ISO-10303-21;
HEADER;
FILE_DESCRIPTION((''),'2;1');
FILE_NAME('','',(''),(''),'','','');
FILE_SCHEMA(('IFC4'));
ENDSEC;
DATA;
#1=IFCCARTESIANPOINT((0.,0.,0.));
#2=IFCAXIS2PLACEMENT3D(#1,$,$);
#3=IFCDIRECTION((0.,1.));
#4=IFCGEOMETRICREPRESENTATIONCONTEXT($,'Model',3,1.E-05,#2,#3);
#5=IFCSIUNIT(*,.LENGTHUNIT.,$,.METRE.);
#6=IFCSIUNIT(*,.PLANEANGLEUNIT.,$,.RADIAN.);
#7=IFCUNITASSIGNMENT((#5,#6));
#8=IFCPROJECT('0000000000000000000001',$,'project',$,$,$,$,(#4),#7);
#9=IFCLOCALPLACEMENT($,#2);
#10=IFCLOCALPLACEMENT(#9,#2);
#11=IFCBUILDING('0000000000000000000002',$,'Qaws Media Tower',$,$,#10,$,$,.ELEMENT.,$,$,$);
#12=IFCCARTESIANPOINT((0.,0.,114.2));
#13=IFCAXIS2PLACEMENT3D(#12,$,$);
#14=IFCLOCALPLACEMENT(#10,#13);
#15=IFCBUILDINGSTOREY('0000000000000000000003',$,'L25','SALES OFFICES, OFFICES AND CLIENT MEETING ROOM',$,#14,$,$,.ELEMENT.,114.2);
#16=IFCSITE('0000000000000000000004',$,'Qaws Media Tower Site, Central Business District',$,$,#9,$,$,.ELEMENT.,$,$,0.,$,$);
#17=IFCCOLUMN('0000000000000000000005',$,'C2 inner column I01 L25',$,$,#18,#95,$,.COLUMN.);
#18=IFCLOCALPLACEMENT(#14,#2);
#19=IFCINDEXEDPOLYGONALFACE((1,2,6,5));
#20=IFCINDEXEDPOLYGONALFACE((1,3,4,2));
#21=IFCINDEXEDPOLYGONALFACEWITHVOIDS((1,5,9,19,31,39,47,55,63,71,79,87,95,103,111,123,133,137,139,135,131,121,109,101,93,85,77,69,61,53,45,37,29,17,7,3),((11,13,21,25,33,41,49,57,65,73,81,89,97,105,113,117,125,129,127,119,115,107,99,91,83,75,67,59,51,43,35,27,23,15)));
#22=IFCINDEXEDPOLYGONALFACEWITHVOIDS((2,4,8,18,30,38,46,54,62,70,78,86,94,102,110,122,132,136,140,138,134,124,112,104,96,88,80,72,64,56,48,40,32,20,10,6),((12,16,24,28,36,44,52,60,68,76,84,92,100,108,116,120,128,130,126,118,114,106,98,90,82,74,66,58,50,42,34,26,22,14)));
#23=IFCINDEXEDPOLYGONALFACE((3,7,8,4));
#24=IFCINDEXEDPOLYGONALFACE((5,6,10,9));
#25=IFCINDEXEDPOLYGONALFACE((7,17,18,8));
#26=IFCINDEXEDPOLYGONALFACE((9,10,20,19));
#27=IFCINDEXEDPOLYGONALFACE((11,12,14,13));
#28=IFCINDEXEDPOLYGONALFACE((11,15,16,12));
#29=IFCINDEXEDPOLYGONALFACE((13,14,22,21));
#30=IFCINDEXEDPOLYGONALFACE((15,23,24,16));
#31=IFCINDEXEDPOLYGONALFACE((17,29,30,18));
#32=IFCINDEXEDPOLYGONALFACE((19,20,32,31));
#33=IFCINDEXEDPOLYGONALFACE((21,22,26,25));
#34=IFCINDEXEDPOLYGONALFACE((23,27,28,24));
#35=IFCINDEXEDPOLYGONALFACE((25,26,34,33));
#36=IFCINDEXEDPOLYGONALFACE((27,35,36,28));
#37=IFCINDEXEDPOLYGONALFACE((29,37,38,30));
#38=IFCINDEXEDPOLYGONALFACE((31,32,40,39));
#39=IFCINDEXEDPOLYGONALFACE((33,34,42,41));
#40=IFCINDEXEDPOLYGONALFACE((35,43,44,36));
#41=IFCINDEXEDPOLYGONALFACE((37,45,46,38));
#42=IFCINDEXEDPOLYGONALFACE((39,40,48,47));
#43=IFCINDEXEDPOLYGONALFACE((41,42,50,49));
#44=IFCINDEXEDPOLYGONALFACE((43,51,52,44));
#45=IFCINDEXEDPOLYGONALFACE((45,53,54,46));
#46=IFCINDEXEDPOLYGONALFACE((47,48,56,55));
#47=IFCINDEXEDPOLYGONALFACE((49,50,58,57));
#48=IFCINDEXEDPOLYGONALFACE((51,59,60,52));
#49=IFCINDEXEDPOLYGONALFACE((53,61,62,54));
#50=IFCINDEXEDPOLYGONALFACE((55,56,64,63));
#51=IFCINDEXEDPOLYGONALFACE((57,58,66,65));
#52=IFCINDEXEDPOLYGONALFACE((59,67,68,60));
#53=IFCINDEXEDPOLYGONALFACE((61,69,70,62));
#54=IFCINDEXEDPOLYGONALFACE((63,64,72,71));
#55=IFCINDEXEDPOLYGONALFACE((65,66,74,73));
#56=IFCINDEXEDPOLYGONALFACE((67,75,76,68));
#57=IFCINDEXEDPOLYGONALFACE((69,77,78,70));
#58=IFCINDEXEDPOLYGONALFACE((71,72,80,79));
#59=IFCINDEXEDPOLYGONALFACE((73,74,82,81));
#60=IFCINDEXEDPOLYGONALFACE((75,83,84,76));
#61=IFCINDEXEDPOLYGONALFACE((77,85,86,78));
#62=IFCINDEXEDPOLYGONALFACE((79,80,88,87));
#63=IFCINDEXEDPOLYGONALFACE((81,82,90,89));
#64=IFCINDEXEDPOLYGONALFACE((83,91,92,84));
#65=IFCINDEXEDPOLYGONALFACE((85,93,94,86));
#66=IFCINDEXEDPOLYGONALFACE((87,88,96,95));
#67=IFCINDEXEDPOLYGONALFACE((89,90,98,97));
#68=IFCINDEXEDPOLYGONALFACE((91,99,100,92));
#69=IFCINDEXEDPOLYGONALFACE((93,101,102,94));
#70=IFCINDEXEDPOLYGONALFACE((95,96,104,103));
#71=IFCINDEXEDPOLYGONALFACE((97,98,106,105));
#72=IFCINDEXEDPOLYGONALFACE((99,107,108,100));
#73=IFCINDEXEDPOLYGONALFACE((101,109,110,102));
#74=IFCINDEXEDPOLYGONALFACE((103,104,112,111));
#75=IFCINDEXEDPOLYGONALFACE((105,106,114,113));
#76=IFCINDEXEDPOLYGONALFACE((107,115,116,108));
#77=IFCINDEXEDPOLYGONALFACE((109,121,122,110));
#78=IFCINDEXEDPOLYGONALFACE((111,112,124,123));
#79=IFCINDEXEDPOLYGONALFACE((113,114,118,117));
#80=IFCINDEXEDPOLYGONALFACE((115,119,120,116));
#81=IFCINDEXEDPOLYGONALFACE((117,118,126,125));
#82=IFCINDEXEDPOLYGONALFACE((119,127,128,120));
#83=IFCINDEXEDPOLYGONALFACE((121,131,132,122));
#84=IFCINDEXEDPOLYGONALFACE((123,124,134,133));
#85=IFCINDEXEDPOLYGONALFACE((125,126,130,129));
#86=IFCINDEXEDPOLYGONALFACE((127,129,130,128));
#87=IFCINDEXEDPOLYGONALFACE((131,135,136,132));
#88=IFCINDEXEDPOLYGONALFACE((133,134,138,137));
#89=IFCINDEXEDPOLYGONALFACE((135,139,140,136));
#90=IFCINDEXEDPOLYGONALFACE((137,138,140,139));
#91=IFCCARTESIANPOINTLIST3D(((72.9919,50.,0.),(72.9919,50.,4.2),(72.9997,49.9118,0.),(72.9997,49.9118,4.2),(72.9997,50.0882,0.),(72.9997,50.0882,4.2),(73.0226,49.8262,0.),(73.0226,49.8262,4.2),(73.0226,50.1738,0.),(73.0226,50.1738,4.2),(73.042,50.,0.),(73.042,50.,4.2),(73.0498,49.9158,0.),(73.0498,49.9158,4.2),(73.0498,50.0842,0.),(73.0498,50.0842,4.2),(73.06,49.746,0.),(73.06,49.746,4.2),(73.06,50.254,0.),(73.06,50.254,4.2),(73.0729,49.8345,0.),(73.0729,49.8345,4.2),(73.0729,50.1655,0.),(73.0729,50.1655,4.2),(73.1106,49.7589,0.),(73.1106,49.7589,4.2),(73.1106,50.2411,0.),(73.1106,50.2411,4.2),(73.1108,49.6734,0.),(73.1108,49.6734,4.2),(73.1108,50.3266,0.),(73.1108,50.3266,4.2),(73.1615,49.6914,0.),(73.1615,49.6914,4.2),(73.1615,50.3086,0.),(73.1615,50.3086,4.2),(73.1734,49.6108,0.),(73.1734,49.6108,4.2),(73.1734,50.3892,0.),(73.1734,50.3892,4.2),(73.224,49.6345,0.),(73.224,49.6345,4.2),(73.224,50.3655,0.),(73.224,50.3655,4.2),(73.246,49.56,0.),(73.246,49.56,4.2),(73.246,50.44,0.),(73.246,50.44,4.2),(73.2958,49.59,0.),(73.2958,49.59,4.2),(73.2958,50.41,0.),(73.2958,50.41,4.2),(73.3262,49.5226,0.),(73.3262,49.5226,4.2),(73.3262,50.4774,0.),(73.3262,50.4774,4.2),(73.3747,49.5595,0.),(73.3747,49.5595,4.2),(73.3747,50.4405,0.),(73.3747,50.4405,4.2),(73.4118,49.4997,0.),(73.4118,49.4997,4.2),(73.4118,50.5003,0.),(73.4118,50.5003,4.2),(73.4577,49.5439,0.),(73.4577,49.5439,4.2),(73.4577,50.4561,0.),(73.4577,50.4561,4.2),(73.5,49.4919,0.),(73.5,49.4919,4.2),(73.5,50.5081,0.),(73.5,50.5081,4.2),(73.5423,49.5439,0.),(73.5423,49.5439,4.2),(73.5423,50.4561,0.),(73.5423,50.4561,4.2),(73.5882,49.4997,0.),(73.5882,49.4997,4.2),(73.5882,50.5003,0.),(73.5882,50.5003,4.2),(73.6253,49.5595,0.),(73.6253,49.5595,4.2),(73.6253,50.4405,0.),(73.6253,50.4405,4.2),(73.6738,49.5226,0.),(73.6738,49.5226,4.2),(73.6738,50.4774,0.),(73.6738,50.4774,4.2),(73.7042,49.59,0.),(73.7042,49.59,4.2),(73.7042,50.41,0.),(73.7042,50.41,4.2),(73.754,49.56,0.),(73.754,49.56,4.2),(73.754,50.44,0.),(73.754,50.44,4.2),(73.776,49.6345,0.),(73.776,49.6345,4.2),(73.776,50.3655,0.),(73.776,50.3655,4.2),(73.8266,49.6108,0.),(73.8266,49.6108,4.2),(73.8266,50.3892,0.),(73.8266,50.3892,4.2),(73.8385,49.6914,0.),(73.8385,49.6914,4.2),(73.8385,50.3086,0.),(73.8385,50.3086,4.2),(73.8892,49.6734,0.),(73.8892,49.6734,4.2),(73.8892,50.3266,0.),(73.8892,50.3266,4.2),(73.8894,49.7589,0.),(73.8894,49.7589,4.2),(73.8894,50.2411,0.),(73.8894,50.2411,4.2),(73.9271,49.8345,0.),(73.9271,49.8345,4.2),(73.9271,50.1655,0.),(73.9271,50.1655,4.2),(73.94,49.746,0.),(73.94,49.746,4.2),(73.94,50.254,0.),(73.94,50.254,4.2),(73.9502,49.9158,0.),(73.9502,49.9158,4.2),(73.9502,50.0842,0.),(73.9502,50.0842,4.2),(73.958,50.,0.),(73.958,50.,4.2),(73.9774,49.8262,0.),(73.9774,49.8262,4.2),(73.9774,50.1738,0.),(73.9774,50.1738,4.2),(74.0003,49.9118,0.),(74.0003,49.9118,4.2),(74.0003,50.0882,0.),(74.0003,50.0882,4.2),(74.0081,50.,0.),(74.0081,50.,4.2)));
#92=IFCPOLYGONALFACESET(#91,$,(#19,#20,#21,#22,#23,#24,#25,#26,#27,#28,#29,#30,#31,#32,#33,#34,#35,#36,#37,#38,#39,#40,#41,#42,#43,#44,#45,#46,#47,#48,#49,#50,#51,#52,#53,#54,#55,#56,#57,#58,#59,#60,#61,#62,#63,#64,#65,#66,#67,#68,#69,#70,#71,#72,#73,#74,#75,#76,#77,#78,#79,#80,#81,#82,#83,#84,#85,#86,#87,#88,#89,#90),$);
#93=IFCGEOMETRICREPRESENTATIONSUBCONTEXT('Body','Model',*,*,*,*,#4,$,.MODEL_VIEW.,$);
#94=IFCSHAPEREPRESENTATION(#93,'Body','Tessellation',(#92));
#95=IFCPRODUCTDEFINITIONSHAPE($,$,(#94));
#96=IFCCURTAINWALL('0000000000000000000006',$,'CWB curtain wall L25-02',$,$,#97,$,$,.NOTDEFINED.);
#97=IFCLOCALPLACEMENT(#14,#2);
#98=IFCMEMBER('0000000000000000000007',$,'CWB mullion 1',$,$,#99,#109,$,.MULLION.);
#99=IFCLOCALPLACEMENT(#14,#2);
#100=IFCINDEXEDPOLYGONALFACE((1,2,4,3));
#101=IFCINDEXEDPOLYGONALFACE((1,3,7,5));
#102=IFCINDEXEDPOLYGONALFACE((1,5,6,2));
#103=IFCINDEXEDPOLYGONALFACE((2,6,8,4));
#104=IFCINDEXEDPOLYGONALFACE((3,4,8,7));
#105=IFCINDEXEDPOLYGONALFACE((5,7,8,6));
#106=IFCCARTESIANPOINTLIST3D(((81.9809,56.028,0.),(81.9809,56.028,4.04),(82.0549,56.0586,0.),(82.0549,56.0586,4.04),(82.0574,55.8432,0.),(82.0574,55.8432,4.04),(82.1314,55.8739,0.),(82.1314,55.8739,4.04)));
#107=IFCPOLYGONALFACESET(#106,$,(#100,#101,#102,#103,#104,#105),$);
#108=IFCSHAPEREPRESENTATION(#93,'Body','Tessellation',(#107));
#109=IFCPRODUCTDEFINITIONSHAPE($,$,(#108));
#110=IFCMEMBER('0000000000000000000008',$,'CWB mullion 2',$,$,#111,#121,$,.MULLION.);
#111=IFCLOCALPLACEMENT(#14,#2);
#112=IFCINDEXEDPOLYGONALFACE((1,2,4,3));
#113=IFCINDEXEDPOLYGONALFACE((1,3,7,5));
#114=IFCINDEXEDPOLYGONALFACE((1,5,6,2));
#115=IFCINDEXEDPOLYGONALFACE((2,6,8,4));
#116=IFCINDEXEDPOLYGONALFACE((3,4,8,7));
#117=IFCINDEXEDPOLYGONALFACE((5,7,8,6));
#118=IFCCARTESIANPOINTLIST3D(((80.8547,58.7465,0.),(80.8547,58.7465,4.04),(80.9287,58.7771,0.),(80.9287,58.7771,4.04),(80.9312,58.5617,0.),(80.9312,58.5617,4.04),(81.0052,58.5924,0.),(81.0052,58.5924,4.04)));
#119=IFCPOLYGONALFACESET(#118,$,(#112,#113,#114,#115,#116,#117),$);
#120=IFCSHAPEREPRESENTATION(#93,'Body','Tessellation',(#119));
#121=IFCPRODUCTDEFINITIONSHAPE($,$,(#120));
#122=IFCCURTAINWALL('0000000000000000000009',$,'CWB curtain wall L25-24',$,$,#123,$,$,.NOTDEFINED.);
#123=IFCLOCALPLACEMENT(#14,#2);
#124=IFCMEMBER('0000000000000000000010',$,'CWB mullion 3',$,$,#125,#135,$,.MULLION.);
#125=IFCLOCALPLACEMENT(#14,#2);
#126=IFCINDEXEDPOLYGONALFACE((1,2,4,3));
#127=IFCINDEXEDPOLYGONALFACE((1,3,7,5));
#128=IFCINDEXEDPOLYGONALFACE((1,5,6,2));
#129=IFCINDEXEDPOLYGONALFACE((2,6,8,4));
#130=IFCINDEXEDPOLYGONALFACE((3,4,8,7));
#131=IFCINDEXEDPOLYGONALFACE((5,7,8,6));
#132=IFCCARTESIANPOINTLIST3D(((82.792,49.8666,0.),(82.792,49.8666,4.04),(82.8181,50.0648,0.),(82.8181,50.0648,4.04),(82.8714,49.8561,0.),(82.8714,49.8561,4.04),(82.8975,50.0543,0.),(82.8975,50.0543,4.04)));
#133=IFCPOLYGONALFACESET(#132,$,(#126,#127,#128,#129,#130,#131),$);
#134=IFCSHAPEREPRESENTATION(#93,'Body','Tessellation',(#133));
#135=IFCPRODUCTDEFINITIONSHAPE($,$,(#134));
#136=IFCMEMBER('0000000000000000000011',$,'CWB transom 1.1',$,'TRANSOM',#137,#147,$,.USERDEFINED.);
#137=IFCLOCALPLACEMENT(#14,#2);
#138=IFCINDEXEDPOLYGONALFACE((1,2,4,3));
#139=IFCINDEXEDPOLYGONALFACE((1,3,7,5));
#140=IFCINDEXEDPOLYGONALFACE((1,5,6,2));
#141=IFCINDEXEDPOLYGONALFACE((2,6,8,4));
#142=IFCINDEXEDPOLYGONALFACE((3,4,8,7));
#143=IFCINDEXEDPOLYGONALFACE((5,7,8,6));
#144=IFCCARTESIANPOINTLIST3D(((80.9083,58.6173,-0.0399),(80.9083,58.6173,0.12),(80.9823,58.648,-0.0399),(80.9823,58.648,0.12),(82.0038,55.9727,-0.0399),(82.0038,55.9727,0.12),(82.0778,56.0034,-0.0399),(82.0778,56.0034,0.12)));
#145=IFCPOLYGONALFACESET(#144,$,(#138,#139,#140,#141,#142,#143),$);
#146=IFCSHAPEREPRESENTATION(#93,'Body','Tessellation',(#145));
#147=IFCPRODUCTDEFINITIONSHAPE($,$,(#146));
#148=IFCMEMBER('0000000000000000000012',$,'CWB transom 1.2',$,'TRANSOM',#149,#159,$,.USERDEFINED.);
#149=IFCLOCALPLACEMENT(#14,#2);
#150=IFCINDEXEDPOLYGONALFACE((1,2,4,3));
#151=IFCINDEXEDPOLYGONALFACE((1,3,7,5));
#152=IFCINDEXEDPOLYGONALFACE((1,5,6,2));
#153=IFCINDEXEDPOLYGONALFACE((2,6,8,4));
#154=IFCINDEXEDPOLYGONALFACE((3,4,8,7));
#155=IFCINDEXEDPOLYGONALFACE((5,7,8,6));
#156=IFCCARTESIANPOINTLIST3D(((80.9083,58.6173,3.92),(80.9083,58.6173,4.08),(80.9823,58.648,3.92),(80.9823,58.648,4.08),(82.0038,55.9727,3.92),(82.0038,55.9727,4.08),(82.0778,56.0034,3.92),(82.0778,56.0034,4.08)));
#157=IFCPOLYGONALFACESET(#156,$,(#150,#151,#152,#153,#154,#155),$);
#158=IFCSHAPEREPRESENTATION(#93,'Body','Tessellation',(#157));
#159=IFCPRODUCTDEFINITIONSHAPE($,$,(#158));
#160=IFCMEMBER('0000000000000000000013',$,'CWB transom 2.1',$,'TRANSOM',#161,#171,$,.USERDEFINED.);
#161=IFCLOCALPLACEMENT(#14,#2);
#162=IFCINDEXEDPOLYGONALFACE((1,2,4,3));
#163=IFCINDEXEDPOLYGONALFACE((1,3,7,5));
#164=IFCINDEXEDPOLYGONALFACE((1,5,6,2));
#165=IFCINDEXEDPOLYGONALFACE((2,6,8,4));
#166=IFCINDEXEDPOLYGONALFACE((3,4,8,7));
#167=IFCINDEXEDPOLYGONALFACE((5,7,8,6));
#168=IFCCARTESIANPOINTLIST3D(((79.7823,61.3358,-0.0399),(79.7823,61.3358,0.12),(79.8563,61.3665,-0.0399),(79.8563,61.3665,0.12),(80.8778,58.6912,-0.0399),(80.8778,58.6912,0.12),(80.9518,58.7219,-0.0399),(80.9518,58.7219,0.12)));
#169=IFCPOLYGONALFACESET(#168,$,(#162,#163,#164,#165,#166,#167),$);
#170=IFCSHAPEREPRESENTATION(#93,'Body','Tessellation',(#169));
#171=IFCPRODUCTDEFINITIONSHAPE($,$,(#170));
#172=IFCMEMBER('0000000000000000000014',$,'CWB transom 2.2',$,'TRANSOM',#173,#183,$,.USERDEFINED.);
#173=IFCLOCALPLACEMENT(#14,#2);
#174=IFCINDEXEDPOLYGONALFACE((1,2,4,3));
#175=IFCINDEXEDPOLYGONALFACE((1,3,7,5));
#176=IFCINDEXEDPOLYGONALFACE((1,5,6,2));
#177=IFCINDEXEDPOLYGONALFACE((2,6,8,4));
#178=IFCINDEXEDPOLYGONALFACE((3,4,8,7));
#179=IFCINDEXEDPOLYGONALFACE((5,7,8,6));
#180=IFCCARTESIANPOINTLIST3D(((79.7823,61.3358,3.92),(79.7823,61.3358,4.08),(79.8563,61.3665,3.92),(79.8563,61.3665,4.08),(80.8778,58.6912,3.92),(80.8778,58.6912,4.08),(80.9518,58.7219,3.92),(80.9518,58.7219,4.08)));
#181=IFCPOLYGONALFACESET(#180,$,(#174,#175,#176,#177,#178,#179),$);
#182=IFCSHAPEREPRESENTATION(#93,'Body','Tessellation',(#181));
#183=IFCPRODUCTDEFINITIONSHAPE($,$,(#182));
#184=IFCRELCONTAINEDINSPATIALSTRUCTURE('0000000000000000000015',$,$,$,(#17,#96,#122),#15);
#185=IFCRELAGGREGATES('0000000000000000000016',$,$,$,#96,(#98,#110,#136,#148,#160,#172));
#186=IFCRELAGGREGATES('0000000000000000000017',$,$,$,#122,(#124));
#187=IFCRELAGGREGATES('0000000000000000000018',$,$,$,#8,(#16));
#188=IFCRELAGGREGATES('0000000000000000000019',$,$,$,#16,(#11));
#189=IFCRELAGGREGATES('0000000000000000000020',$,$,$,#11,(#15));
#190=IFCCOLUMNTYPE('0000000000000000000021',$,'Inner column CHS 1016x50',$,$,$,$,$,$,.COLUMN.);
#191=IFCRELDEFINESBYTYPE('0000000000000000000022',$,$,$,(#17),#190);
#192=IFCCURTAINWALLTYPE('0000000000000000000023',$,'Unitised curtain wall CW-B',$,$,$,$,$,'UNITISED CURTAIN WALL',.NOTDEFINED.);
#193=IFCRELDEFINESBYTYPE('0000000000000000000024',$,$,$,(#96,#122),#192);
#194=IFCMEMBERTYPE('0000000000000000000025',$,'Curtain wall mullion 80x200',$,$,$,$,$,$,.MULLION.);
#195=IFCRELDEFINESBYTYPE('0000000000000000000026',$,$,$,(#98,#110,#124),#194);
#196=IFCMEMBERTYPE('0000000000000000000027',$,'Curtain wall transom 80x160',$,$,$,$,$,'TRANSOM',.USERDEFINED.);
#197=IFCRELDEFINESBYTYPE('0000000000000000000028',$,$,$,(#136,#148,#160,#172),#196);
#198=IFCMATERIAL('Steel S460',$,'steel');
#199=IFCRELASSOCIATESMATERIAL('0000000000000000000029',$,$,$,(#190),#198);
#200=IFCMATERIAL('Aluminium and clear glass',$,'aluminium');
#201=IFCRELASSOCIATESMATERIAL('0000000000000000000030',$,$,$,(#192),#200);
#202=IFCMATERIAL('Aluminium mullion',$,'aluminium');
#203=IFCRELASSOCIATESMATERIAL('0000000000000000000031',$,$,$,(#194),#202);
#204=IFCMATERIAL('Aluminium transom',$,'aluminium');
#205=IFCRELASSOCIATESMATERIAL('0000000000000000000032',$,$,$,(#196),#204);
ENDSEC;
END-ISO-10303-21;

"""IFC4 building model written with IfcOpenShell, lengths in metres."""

from ifc_helpers import new_model, si_unit, direction, frame, origin, origin_2d, place, context, subcontext, project, spatial, rectangle, hollow_circle, extrude, material, material_profile, profile_set, type_object, element, aggregate, save


model = new_model("IFC4")

# Units and contexts
model_context = context("Model", 3, precision=1e-05, world=origin(), true_north=direction((0.0, 1.0)))
body_context = subcontext(model_context, "Body", "Model", "MODEL_VIEW")
ifc_project = project(units=[si_unit("LENGTHUNIT", "METRE"), si_unit("PLANEANGLEUNIT", "RADIAN")], contexts=[model_context])

# Site, building, storey
site_placement = place(None, origin())
site = spatial("IfcSite", under=ifc_project, at=site_placement, Name="Qaws Media Tower Site, Central Business District", CompositionType="ELEMENT", RefElevation=0.0)
building_placement = place(site_placement, origin())
building = spatial("IfcBuilding", under=site, at=building_placement, Name="Qaws Media Tower", CompositionType="ELEMENT")
storey_placement = place(building_placement, frame((0.0, 0.0, 114.2)))
storey = spatial("IfcBuildingStorey", under=building, at=storey_placement, Name="L25", Description="SALES OFFICES, OFFICES AND CLIENT MEETING ROOM", CompositionType="ELEMENT", Elevation=114.2)

# Column
ifc_material_1 = material(Name="Steel S460", Category="steel")
ifc_material_profile_1 = material_profile(ifc_material_1, hollow_circle(Radius=0.5081, WallThickness=0.05, at=origin_2d()), Name="CHS 1016x50")
ifc_profile_set_1 = profile_set([ifc_material_profile_1], Name="Steel S460")
column_type = type_object("IfcColumnType", Name="Inner column CHS 1016x50", PredefinedType="COLUMN", material=ifc_profile_set_1)
column_placement = place(storey_placement, frame((73.5, 50.0, 0.0), z_axis=(0.0, 0.0, 1.0), x_axis=(1.0, 0.0, 0.0)))
element("IfcColumn", 1, at=column_placement, inside=storey, type_object=column_type, Name="C2 inner column I01 L25", PredefinedType="COLUMN", context=body_context, shape_type="SweptSolid", body=[
    extrude(hollow_circle(Radius=0.5081, WallThickness=0.05, at=origin_2d()), origin(), (0.0, 0.0, 1.0), 4.2),
])

# Curtain wall, members
ifc_material_2 = material(Name="Aluminium and clear glass", Category="aluminium")
curtain_wall_type = type_object("IfcCurtainWallType", Name="Unitised curtain wall CW-B", ElementType="UNITISED CURTAIN WALL", PredefinedType="NOTDEFINED", material=ifc_material_2)
curtain_wall_1_placement = place(storey_placement, origin())
curtain_wall_1 = element("IfcCurtainWall", 2, at=curtain_wall_1_placement, inside=storey, type_object=curtain_wall_type, Name="CWB curtain wall L25-02", PredefinedType="NOTDEFINED")
ifc_material_3 = material(Name="Aluminium mullion", Category="aluminium")
ifc_material_profile_2 = material_profile(ifc_material_3, rectangle(XDim=0.0801, YDim=0.2, at=origin_2d()), Name="80x200")
ifc_profile_set_2 = profile_set([ifc_material_profile_2], Name="Aluminium mullion")
member_type_1 = type_object("IfcMemberType", Name="Curtain wall mullion 80x200", PredefinedType="MULLION", material=ifc_profile_set_2)
member_1_placement = place(storey_placement, frame((82.0562, 55.9509, 0.0), z_axis=(0.0, 0.0, 1.0), x_axis=(-0.92388, -0.382683, 0.0)))
member_1 = element("IfcMember", 3, at=member_1_placement, type_object=member_type_1, Name="CWB mullion 1", PredefinedType="MULLION", context=body_context, shape_type="SweptSolid", body=[
    extrude(rectangle(XDim=0.0801, YDim=0.2, at=origin_2d()), origin(), (0.0, 0.0, 1.0), 4.04),
])
member_2_placement = place(storey_placement, frame((80.9299, 58.6694, 0.0), z_axis=(0.0, 0.0, 1.0), x_axis=(-0.92388, -0.382683, 0.0)))
member_2 = element("IfcMember", 4, at=member_2_placement, type_object=member_type_1, Name="CWB mullion 2", PredefinedType="MULLION", context=body_context, shape_type="SweptSolid", body=[
    extrude(rectangle(XDim=0.0801, YDim=0.2, at=origin_2d()), origin(), (0.0, 0.0, 1.0), 4.04),
])

# Curtain wall, member
curtain_wall_2_placement = place(storey_placement, origin())
curtain_wall_2 = element("IfcCurtainWall", 5, at=curtain_wall_2_placement, inside=storey, type_object=curtain_wall_type, Name="CWB curtain wall L25-24", PredefinedType="NOTDEFINED")
member_3_placement = place(storey_placement, frame((82.8447, 49.9604, 0.0), z_axis=(0.0, 0.0, 1.0), x_axis=(-0.991445, 0.130526, 0.0)))
member_3 = element("IfcMember", 6, at=member_3_placement, type_object=member_type_1, Name="CWB mullion 3", PredefinedType="MULLION", context=body_context, shape_type="SweptSolid", body=[
    extrude(rectangle(XDim=0.0801, YDim=0.2, at=origin_2d()), origin(), (0.0, 0.0, 1.0), 4.04),
])

# Members
ifc_material_4 = material(Name="Aluminium transom", Category="aluminium")
ifc_material_profile_3 = material_profile(ifc_material_4, rectangle(XDim=0.0801, YDim=0.1599, at=origin_2d()), Name="80x160")
ifc_profile_set_3 = profile_set([ifc_material_profile_3], Name="Aluminium transom")
member_type_2 = type_object("IfcMemberType", Name="Curtain wall transom 80x160", ElementType="TRANSOM", PredefinedType="USERDEFINED", material=ifc_profile_set_3)
member_4_placement = place(storey_placement, frame((82.0408, 55.988, 0.04), z_axis=(-0.382701, 0.923872, 0.0), x_axis=(-0.923872, -0.382701, 0.0)))
member_4 = element("IfcMember", 7, at=member_4_placement, type_object=member_type_2, Name="CWB transom 1.1", ObjectType="TRANSOM", PredefinedType="USERDEFINED", context=body_context, shape_type="SweptSolid", body=[
    extrude(rectangle(XDim=0.0801, YDim=0.1599, at=origin_2d()), origin(), (0.0, 0.0, 1.0), 2.8625),
])
member_5_placement = place(storey_placement, frame((82.0408, 55.988, 4.0), z_axis=(-0.382701, 0.923872, 0.0), x_axis=(-0.923872, -0.382701, 0.0)))
member_5 = element("IfcMember", 8, at=member_5_placement, type_object=member_type_2, Name="CWB transom 1.2", ObjectType="TRANSOM", PredefinedType="USERDEFINED", context=body_context, shape_type="SweptSolid", body=[
    extrude(rectangle(XDim=0.0801, YDim=0.1599, at=origin_2d()), origin(), (0.0, 0.0, 1.0), 2.8625),
])
member_6_placement = place(storey_placement, frame((80.9148, 58.7065, 0.04), z_axis=(-0.382701, 0.923872, 0.0), x_axis=(-0.923872, -0.382701, 0.0)))
member_6 = element("IfcMember", 9, at=member_6_placement, type_object=member_type_2, Name="CWB transom 2.1", ObjectType="TRANSOM", PredefinedType="USERDEFINED", context=body_context, shape_type="SweptSolid", body=[
    extrude(rectangle(XDim=0.0801, YDim=0.1599, at=origin_2d()), origin(), (0.0, 0.0, 1.0), 2.8625),
])
member_7_placement = place(storey_placement, frame((80.9148, 58.7065, 4.0), z_axis=(-0.382701, 0.923872, 0.0), x_axis=(-0.923872, -0.382701, 0.0)))
member_7 = element("IfcMember", 10, at=member_7_placement, type_object=member_type_2, Name="CWB transom 2.2", ObjectType="TRANSOM", PredefinedType="USERDEFINED", context=body_context, shape_type="SweptSolid", body=[
    extrude(rectangle(XDim=0.0801, YDim=0.1599, at=origin_2d()), origin(), (0.0, 0.0, 1.0), 2.8625),
])

aggregate(curtain_wall_1, [member_1, member_2, member_4, member_5, member_6, member_7])
aggregate(curtain_wall_2, [member_3])

save(model, "model.ifc")
